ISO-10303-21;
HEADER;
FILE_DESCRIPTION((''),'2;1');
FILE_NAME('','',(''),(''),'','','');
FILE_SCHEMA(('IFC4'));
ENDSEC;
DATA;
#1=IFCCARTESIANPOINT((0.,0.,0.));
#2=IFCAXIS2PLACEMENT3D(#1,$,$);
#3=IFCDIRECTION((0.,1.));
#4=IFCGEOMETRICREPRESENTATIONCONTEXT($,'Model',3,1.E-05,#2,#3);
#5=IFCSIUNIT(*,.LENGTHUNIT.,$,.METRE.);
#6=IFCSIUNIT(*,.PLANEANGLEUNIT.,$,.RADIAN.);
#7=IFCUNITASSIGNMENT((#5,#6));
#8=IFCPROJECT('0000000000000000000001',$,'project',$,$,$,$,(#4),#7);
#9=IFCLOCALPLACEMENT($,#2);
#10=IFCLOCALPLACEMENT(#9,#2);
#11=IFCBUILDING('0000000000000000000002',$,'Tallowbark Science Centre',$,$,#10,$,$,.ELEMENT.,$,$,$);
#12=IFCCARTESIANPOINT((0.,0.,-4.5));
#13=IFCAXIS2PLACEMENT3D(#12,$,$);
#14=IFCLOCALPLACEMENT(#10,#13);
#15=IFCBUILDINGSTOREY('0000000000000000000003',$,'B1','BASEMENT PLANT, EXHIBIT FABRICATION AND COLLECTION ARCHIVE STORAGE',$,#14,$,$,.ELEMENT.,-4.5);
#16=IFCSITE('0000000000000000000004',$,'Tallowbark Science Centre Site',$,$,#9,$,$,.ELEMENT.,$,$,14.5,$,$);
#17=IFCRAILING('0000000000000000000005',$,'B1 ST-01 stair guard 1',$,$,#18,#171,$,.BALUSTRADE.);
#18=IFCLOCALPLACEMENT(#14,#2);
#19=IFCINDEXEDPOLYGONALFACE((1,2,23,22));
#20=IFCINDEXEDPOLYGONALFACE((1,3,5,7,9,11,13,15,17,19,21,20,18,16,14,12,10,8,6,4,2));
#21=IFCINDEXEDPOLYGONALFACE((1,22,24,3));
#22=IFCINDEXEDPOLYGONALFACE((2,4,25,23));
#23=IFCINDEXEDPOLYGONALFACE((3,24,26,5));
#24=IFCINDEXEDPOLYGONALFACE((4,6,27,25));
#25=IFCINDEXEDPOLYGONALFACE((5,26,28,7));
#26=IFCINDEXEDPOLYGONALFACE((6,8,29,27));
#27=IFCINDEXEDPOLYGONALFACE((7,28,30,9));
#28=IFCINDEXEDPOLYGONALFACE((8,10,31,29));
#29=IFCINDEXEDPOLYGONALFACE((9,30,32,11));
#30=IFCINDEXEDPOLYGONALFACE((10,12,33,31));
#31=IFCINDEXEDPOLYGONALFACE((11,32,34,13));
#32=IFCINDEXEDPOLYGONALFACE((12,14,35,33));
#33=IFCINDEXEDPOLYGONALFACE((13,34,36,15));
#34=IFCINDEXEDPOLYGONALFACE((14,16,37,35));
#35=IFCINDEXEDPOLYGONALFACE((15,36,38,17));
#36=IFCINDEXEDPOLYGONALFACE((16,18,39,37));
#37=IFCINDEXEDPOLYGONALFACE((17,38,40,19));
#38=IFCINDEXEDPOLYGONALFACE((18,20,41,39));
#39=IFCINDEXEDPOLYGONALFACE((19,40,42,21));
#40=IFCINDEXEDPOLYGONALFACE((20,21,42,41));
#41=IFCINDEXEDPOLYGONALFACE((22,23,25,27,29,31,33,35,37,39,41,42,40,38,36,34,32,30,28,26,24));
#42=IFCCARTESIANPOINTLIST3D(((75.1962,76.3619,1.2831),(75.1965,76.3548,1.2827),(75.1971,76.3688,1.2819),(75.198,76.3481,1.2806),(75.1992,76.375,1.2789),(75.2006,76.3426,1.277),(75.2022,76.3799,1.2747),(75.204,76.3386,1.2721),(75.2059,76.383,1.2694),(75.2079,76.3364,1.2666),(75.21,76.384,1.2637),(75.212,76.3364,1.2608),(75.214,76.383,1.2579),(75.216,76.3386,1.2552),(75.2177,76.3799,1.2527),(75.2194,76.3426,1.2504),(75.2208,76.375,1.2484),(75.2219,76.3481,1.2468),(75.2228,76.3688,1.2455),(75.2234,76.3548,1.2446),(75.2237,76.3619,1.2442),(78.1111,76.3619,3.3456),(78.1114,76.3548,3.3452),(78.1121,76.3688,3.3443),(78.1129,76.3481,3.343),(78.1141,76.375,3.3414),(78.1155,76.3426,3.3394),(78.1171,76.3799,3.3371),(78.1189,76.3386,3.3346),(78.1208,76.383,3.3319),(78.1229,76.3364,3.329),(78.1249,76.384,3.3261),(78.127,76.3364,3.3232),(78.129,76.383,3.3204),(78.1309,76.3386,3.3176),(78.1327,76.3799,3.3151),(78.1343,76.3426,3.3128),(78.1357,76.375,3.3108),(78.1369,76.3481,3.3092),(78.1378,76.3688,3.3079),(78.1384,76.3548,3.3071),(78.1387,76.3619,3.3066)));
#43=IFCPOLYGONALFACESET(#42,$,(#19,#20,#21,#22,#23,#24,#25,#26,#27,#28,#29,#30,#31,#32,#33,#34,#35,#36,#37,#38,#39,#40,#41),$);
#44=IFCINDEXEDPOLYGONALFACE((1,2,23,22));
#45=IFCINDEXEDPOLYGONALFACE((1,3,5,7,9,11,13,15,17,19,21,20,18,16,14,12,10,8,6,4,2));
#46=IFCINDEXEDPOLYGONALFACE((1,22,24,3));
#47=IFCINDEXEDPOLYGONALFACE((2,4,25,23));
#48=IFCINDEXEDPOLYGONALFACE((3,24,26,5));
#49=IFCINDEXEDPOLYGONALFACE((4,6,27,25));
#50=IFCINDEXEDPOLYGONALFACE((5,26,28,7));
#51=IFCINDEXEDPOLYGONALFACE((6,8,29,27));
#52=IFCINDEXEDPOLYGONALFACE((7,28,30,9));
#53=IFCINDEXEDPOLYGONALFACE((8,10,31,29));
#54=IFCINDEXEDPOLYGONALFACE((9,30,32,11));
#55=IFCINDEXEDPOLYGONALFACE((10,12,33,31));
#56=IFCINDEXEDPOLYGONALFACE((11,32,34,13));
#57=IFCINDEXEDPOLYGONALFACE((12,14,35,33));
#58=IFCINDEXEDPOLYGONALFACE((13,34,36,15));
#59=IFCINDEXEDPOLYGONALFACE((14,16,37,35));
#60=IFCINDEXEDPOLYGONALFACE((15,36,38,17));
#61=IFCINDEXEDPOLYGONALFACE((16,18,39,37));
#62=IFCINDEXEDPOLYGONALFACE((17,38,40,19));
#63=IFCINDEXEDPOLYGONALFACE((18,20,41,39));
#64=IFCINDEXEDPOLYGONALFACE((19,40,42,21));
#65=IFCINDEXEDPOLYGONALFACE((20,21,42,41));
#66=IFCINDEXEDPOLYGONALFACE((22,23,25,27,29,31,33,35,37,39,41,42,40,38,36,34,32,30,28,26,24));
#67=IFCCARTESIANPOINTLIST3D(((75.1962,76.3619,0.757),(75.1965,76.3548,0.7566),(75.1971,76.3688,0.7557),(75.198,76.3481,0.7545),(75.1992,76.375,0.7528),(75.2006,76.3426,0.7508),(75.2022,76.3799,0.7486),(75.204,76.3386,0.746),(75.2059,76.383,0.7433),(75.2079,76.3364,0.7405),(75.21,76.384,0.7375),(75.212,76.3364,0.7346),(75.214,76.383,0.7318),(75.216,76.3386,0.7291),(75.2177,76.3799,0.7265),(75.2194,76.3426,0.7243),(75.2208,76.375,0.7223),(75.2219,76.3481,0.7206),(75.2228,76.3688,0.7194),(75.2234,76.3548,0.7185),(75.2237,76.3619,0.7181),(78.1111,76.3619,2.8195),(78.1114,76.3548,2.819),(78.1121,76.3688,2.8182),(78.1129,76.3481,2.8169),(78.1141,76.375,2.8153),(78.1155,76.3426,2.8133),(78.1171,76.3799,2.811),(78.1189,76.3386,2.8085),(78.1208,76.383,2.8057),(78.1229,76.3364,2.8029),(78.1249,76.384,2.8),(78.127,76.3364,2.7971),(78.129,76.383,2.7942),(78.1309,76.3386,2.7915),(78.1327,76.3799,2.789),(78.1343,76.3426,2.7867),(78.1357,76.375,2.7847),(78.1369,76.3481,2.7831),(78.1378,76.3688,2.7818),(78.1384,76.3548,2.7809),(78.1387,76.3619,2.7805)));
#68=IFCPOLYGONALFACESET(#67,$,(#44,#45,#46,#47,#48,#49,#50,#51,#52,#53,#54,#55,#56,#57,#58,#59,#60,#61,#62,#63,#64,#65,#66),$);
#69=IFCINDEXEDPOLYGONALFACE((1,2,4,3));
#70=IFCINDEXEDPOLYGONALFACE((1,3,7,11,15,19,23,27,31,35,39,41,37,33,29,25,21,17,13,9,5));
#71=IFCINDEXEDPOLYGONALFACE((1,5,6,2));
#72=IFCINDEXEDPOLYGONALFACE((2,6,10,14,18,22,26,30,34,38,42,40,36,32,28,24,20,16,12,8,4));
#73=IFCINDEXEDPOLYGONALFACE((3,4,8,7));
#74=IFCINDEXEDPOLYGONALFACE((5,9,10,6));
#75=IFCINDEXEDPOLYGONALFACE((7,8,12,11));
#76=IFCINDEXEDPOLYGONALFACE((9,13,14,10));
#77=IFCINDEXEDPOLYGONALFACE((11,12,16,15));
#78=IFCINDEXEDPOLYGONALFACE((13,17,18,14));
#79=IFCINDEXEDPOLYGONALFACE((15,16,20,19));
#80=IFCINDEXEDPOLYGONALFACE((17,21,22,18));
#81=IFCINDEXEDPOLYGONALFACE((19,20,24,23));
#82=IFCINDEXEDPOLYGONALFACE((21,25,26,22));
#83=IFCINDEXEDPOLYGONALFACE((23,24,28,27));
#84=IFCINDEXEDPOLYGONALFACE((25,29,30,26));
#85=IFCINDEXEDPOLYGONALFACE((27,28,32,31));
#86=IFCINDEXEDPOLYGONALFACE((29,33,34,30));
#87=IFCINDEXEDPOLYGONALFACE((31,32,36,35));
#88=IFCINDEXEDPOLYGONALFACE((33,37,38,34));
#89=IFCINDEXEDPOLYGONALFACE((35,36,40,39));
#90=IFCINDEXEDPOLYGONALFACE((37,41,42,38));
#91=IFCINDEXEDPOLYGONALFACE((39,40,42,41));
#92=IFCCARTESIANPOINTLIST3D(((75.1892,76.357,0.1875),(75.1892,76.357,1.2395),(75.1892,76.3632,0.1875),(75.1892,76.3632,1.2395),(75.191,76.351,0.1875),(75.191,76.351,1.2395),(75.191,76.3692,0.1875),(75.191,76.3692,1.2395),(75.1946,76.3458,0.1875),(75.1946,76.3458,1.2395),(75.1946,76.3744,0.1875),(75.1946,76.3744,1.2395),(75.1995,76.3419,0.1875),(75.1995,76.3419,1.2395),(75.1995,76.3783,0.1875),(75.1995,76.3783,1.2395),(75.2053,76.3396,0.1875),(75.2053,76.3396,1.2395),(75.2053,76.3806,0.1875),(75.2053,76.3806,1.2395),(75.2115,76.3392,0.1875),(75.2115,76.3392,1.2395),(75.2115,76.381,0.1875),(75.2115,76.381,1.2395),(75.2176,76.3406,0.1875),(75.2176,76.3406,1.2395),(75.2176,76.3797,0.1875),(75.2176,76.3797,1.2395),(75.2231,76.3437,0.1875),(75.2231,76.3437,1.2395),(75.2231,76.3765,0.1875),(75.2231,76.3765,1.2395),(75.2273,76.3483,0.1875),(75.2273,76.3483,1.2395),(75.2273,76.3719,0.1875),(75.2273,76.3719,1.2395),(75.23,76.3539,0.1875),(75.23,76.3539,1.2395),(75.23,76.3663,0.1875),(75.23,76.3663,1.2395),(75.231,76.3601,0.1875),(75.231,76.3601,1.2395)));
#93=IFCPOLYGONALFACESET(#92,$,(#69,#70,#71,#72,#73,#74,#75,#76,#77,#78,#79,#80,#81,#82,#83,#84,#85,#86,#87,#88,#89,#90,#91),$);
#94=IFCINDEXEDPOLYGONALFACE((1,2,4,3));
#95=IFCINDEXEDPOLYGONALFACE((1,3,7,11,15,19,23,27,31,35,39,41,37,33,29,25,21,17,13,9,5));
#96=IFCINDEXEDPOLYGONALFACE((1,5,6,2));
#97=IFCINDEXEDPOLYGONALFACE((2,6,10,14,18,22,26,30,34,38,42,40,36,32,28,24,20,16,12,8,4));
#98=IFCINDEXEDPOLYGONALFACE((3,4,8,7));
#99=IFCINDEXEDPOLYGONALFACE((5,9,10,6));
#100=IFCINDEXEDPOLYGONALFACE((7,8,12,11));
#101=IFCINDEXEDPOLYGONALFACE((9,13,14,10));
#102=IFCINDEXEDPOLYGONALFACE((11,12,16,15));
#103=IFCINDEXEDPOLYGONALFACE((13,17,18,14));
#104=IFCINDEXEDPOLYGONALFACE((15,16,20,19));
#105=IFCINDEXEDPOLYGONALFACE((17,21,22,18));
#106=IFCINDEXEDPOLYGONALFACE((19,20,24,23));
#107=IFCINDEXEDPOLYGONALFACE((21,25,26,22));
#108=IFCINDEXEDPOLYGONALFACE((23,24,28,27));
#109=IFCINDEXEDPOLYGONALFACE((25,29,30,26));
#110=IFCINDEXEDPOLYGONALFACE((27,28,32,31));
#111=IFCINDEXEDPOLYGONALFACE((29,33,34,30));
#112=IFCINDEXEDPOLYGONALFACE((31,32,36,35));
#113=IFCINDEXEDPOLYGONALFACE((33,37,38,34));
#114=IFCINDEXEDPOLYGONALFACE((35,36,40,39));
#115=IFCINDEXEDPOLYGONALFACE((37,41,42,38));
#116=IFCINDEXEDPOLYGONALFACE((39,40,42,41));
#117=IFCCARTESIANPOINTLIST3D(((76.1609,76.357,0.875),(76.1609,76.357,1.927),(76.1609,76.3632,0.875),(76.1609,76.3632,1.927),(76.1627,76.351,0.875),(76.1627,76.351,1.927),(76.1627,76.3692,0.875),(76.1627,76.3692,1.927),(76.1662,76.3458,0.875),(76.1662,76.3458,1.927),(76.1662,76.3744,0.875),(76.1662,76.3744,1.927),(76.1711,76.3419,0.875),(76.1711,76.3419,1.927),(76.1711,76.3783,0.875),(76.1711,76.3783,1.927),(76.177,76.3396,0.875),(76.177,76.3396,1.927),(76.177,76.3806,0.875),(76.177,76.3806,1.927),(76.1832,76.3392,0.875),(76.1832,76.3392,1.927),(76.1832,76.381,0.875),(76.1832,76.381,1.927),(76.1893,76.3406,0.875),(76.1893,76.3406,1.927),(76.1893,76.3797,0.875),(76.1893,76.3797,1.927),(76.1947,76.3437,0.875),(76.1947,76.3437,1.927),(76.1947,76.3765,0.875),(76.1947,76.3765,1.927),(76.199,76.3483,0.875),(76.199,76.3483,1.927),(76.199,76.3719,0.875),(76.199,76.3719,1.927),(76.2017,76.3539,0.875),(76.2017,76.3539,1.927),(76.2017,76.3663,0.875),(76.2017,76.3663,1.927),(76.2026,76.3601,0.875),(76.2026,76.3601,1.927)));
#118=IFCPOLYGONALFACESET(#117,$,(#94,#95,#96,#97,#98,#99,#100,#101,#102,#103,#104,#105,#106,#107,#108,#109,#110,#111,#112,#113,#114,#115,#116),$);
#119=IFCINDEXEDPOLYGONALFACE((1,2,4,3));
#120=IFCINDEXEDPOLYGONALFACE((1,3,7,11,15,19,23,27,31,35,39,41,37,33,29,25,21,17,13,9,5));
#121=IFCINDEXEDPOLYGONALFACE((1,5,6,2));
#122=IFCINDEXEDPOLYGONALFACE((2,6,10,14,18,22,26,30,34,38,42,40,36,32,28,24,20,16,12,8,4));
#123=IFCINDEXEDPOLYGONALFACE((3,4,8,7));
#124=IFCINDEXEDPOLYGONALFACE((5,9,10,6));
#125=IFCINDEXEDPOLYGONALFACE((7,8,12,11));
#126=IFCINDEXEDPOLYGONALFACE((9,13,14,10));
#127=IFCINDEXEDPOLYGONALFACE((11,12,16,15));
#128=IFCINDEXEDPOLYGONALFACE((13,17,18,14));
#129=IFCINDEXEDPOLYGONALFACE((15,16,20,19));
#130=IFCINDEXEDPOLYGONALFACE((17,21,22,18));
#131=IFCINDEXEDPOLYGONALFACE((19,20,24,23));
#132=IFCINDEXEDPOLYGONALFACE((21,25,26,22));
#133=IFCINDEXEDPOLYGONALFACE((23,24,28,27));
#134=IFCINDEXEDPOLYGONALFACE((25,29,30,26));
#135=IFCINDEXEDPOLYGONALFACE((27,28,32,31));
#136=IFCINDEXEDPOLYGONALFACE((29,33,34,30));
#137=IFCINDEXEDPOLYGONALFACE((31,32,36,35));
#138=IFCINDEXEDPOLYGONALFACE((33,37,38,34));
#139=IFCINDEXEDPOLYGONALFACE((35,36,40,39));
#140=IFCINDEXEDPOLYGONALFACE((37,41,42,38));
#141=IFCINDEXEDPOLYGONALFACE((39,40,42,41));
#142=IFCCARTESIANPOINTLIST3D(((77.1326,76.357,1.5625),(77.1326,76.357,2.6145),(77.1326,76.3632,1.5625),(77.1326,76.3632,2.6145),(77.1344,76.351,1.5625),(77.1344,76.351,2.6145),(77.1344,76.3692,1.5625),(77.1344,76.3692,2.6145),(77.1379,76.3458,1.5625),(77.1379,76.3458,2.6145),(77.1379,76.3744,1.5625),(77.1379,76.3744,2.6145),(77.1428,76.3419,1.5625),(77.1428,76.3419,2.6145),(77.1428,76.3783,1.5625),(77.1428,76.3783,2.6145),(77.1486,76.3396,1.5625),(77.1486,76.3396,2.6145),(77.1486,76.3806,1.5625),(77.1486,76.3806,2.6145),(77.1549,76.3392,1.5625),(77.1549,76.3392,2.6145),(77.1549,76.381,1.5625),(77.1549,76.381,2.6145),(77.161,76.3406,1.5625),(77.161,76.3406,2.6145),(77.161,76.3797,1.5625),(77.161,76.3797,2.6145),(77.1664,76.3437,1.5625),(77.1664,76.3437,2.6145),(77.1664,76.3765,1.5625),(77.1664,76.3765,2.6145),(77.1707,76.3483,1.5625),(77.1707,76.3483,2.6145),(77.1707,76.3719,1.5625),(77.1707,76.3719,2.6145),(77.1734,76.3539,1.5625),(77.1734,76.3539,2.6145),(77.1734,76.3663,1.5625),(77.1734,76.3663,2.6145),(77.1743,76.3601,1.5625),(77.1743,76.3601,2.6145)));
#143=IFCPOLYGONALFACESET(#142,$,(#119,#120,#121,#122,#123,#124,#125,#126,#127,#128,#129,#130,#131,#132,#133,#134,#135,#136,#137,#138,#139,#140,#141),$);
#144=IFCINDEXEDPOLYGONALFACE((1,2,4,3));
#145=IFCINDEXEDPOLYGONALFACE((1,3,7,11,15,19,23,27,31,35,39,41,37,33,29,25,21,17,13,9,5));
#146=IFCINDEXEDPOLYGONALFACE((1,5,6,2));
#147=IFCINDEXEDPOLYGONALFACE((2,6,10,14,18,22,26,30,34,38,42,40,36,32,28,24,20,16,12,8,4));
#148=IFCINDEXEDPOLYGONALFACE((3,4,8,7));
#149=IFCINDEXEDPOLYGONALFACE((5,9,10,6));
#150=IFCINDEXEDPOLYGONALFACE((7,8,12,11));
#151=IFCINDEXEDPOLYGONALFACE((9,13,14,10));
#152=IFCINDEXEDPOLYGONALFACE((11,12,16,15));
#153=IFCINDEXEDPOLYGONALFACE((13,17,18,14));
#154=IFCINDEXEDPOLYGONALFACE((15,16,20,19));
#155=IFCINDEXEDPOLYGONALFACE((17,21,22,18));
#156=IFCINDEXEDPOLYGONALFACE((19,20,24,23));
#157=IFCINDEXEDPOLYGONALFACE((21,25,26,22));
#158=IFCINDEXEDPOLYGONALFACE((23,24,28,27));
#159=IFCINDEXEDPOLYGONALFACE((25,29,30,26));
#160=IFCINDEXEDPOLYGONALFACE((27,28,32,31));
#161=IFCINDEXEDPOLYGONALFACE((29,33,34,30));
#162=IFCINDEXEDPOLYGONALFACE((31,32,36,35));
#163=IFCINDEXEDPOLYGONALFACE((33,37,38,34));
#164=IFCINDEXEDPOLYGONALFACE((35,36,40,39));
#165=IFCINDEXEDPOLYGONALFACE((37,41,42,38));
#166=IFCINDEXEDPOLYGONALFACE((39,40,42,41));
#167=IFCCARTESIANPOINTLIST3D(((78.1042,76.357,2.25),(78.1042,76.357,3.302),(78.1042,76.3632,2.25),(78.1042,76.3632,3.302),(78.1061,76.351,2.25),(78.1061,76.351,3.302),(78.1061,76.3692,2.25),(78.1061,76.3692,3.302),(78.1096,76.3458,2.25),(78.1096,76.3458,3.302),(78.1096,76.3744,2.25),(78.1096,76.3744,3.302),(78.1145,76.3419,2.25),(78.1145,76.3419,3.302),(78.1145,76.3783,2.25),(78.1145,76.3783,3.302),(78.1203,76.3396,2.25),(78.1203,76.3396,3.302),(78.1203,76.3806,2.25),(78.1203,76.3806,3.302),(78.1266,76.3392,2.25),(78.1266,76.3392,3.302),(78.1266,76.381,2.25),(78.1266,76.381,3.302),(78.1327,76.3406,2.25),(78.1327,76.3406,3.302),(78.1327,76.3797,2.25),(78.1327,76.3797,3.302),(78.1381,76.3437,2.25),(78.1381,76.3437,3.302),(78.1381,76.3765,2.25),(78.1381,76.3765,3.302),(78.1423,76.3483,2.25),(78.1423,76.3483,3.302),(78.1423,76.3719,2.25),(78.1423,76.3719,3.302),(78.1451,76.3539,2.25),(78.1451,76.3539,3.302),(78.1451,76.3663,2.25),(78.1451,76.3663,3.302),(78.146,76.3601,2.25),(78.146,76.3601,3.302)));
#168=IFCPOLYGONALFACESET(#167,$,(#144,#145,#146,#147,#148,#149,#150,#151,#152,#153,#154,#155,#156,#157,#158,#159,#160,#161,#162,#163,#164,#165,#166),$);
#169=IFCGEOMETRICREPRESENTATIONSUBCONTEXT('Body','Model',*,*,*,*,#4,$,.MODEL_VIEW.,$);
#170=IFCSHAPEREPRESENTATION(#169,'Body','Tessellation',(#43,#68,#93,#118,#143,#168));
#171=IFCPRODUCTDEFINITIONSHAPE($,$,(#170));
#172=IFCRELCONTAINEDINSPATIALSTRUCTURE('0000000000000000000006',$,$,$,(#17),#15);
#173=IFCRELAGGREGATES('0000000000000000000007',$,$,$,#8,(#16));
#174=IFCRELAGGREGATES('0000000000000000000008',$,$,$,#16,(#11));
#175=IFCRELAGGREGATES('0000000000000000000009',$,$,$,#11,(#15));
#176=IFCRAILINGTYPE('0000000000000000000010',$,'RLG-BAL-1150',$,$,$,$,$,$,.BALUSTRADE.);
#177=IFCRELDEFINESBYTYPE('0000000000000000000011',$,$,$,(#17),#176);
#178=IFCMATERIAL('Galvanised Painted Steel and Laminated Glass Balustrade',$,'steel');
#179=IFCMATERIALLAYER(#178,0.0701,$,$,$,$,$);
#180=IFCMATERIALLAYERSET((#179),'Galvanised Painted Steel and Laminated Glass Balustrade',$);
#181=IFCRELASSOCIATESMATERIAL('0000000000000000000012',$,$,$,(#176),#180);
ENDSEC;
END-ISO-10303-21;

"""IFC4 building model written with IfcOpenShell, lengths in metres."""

from ifc_helpers import new_model, si_unit, direction, frame, origin, origin_2d, place, context, subcontext, project, spatial, circle, extrude, material, layer, layer_set, type_object, element, save


model = new_model("IFC4")

# Units and contexts
model_context = context("Model", 3, precision=1e-05, world=origin(), true_north=direction((0.0, 1.0)))
body_context = subcontext(model_context, "Body", "Model", "MODEL_VIEW")
ifc_project = project(units=[si_unit("LENGTHUNIT", "METRE"), si_unit("PLANEANGLEUNIT", "RADIAN")], contexts=[model_context])

# Site, building, storey
site_placement = place(None, origin())
site = spatial("IfcSite", under=ifc_project, at=site_placement, Name="Tallowbark Science Centre Site", CompositionType="ELEMENT", RefElevation=14.5)
building_placement = place(site_placement, origin())
building = spatial("IfcBuilding", under=site, at=building_placement, Name="Tallowbark Science Centre", CompositionType="ELEMENT")
storey_placement = place(building_placement, frame((0.0, 0.0, -4.5)))
storey = spatial("IfcBuildingStorey", under=building, at=storey_placement, Name="B1", Description="BASEMENT PLANT, EXHIBIT FABRICATION AND COLLECTION ARCHIVE STORAGE", CompositionType="ELEMENT", Elevation=-4.5)

# Railing
ifc_material_1 = material(Name="Galvanised Painted Steel and Laminated Glass Balustrade", Category="steel")
ifc_layer_1 = layer(ifc_material_1, 0.0701)
ifc_layer_set_1 = layer_set([ifc_layer_1], Name="Galvanised Painted Steel and Laminated Glass Balustrade")
railing_type_1 = type_object("IfcRailingType", Name="RLG-BAL-1150", PredefinedType="BALUSTRADE", material=ifc_layer_set_1)
railing_1_placement = place(storey_placement, frame((75.21, 76.3601, 0.1875)))
element("IfcRailing", 1, at=railing_1_placement, inside=storey, type_object=railing_type_1, Name="B1 ST-01 stair guard 1", PredefinedType="BALUSTRADE", context=body_context, shape_type="SweptSolid", body=[
    extrude(circle(Radius=0.0239, at=origin_2d()), frame((0.0, 0.0, 1.0762), z_axis=(0.816331, 0.0, 0.577585), x_axis=(0.0, 1.0, 0.0)), (0.0, 0.0, 1.0), 3.5708),
    extrude(circle(Radius=0.0239, at=origin_2d()), frame((0.0, 0.0, 0.55), z_axis=(0.816331, 0.0, 0.577585), x_axis=(0.0, 1.0, 0.0)), (0.0, 0.0, 1.0), 3.5708),
    extrude(circle(Radius=0.021, at=origin_2d()), origin(), (0.0, 0.0, 1.0), 1.052),
    extrude(circle(Radius=0.021, at=origin_2d()), frame((0.9717, 0.0, 0.6875)), (0.0, 0.0, 1.0), 1.052),
    extrude(circle(Radius=0.021, at=origin_2d()), frame((1.9434, 0.0, 1.375)), (0.0, 0.0, 1.0), 1.052),
    extrude(circle(Radius=0.021, at=origin_2d()), frame((2.915, 0.0, 2.0625)), (0.0, 0.0, 1.0), 1.052),
])

save(model, "model.ifc")
